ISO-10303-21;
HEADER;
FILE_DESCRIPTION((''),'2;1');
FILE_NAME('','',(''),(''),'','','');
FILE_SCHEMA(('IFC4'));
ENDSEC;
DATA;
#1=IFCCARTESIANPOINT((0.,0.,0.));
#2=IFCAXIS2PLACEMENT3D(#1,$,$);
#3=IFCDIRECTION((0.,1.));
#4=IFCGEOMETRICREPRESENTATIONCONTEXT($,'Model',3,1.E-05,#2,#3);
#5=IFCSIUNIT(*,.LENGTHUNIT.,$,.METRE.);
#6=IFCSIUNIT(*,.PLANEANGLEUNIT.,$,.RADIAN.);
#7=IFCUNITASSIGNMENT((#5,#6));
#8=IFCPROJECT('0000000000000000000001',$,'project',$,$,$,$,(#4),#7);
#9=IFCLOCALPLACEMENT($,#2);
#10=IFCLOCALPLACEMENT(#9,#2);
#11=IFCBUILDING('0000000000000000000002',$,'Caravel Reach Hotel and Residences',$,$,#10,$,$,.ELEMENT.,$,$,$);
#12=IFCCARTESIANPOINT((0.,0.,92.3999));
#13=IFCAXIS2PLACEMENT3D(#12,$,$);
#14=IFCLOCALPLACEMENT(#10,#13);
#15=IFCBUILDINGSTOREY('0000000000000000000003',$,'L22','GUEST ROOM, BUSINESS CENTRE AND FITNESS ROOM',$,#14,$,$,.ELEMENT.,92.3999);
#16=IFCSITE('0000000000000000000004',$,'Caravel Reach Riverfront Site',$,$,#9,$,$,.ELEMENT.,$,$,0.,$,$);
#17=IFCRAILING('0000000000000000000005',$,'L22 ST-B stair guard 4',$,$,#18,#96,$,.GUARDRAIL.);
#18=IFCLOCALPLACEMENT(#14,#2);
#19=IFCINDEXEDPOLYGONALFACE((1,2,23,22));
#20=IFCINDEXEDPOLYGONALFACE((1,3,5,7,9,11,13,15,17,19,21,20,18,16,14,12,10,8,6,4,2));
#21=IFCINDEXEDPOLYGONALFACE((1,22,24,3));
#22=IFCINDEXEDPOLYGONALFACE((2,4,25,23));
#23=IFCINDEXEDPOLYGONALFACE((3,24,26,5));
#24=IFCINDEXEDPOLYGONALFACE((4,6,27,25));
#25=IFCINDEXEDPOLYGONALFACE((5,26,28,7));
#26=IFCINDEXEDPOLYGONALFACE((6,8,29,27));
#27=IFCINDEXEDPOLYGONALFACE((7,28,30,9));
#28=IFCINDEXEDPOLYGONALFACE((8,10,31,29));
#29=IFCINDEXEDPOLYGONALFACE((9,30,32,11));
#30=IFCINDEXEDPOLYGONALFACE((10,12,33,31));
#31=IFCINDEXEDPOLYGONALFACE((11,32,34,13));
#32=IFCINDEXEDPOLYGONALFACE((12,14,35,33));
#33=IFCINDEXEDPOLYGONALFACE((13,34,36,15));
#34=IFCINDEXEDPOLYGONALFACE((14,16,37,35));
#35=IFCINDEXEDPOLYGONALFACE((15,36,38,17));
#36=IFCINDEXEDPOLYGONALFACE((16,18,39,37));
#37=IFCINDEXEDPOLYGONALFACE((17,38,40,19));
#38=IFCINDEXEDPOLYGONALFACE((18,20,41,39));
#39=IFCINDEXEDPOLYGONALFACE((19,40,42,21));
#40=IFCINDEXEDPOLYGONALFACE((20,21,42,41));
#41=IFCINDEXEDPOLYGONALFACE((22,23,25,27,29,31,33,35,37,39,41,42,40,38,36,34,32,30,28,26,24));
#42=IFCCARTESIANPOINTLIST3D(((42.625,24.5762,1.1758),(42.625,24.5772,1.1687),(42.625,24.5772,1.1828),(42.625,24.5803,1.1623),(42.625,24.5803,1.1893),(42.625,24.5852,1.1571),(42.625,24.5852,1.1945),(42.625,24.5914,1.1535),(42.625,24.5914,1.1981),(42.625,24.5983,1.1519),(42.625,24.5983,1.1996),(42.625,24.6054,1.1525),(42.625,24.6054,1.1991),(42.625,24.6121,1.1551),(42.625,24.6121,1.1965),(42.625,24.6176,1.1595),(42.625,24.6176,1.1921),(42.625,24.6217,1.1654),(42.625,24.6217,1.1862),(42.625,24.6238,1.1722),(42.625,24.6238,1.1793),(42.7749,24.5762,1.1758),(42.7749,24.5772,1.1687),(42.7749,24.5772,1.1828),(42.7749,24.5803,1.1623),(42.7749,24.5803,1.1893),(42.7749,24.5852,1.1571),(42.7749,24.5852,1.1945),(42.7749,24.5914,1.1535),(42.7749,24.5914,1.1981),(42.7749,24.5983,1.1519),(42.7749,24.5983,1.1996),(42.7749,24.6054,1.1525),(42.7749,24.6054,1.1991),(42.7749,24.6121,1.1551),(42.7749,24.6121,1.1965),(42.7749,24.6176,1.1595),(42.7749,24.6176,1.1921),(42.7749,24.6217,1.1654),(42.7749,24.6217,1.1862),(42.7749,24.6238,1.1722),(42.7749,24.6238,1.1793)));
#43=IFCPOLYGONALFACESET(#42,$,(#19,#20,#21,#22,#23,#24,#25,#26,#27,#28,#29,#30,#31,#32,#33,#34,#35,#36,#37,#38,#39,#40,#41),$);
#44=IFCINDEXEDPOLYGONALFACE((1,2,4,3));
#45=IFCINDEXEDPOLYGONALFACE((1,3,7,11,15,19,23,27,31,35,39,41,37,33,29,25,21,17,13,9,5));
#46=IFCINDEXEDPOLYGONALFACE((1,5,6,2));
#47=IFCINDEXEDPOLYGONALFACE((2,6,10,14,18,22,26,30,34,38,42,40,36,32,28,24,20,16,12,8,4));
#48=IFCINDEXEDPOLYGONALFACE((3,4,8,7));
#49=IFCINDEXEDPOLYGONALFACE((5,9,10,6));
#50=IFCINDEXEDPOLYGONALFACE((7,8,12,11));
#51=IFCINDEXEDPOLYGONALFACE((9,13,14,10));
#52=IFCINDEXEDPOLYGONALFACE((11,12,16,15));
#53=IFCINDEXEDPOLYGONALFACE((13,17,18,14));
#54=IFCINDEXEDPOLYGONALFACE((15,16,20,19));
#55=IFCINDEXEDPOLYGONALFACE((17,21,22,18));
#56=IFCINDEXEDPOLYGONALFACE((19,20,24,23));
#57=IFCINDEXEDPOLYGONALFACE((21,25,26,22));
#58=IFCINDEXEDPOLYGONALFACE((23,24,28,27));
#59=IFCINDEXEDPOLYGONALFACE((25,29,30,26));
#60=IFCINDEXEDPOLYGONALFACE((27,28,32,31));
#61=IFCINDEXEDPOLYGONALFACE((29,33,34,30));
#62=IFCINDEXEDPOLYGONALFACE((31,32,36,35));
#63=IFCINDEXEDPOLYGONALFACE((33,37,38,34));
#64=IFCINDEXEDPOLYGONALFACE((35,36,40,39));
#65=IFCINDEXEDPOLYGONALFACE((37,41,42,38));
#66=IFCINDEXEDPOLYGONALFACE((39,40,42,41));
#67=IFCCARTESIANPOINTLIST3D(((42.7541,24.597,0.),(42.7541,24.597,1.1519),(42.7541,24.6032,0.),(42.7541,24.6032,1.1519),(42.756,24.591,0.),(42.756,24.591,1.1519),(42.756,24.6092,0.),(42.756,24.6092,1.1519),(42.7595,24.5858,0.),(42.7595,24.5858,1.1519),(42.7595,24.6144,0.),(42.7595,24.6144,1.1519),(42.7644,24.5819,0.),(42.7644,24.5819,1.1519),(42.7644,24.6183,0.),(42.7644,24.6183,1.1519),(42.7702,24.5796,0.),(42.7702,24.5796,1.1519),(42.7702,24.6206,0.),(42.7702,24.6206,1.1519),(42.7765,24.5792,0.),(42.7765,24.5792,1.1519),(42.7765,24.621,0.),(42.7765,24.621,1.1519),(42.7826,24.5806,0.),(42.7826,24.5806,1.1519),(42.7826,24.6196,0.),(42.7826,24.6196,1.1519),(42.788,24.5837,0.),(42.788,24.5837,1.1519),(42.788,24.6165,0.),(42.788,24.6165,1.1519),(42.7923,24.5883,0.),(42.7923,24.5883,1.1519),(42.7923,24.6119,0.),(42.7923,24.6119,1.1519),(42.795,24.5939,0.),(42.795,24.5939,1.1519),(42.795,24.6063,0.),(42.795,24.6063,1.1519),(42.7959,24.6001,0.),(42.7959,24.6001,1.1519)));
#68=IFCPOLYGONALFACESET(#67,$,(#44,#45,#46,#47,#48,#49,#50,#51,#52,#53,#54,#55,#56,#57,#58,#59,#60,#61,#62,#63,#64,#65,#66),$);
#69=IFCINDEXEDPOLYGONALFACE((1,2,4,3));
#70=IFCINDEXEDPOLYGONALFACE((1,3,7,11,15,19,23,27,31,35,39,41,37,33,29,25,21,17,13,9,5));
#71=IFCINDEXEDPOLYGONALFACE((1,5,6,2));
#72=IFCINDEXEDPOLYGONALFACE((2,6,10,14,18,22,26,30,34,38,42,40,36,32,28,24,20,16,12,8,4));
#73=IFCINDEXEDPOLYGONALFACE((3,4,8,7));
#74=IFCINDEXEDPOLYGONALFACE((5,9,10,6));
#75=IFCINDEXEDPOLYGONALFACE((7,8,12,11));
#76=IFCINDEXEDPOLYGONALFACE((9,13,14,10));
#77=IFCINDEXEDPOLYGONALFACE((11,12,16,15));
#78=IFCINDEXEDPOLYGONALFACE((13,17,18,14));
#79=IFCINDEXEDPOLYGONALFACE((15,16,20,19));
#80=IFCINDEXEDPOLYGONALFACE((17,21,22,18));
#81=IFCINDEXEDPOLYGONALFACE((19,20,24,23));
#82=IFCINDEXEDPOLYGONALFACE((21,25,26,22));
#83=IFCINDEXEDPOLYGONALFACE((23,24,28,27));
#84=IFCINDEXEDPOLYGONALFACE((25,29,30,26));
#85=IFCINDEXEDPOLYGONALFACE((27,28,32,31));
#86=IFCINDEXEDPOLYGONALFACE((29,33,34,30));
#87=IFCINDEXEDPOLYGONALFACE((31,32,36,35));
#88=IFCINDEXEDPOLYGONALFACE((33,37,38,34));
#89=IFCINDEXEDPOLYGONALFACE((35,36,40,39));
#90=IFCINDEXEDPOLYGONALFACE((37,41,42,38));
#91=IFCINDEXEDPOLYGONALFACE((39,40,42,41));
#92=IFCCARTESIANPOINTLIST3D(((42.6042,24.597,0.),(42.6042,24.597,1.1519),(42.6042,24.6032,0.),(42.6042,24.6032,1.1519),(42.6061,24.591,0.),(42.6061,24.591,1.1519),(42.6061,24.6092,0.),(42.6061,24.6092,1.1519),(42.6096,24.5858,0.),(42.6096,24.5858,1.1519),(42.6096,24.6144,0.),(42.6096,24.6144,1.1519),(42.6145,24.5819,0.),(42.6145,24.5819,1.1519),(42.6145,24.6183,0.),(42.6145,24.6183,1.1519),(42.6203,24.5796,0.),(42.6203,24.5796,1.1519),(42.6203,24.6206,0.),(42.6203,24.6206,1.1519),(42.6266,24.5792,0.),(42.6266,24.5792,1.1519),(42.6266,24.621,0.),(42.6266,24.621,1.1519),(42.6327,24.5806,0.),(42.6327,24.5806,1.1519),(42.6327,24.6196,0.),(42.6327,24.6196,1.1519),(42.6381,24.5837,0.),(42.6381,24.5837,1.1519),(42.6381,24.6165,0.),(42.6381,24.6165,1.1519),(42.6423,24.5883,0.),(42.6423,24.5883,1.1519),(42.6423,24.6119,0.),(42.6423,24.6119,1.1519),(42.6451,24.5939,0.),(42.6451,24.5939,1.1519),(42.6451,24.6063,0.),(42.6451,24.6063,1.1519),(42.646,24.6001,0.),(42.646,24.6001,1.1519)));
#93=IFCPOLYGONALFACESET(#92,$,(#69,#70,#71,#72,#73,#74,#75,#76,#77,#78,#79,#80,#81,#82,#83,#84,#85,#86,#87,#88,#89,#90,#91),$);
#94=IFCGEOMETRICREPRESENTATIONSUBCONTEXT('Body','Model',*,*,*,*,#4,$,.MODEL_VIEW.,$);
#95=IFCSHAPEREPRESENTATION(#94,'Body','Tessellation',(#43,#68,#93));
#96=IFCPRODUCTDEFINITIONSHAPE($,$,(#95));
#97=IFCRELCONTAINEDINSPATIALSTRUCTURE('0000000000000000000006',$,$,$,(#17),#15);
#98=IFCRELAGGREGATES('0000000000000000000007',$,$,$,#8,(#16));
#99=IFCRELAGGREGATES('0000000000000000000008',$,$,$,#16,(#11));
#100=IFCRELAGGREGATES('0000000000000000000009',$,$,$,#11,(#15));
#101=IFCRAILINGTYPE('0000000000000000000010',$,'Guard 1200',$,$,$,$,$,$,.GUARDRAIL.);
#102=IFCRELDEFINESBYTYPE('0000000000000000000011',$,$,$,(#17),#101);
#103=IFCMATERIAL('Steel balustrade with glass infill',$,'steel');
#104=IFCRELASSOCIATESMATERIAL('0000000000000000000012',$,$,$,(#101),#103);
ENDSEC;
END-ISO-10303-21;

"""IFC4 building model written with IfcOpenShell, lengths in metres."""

from ifc_helpers import new_model, si_unit, direction, frame, origin, origin_2d, place, context, subcontext, project, spatial, circle, extrude, material, type_object, element, save


model = new_model("IFC4")

# Units and contexts
model_context = context("Model", 3, precision=1e-05, world=origin(), true_north=direction((0.0, 1.0)))
body_context = subcontext(model_context, "Body", "Model", "MODEL_VIEW")
ifc_project = project(units=[si_unit("LENGTHUNIT", "METRE"), si_unit("PLANEANGLEUNIT", "RADIAN")], contexts=[model_context])

# Site, building, storey
site_placement = place(None, origin())
site = spatial("IfcSite", under=ifc_project, at=site_placement, Name="Caravel Reach Riverfront Site", CompositionType="ELEMENT", RefElevation=0.0)
building_placement = place(site_placement, origin())
building = spatial("IfcBuilding", under=site, at=building_placement, Name="Caravel Reach Hotel and Residences", CompositionType="ELEMENT")
storey_placement = place(building_placement, frame((0.0, 0.0, 92.3999)))
storey = spatial("IfcBuildingStorey", under=building, at=storey_placement, Name="L22", Description="GUEST ROOM, BUSINESS CENTRE AND FITNESS ROOM", CompositionType="ELEMENT", Elevation=92.3999)

# Railing
ifc_material_1 = material(Name="Steel balustrade with glass infill", Category="steel")
railing_type_1 = type_object("IfcRailingType", Name="Guard 1200", PredefinedType="GUARDRAIL", material=ifc_material_1)
railing_1_placement = place(storey_placement, frame((42.7749, 24.6001, 0.0)))
element("IfcRailing", 1, at=railing_1_placement, inside=storey, type_object=railing_type_1, Name="L22 ST-B stair guard 4", PredefinedType="GUARDRAIL", context=body_context, shape_type="SweptSolid", body=[
    extrude(circle(Radius=0.0239, at=origin_2d()), frame((0.0, 0.0, 1.1758), z_axis=(-1.0, 0.0, 0.0), x_axis=(0.0, -1.0, 0.0)), (0.0, 0.0, 1.0), 0.1499),
    extrude(circle(Radius=0.021, at=origin_2d()), origin(), (0.0, 0.0, 1.0), 1.1519),
    extrude(circle(Radius=0.021, at=origin_2d()), frame((-0.1499, 0.0, 0.0)), (0.0, 0.0, 1.0), 1.1519),
])

save(model, "model.ifc")
